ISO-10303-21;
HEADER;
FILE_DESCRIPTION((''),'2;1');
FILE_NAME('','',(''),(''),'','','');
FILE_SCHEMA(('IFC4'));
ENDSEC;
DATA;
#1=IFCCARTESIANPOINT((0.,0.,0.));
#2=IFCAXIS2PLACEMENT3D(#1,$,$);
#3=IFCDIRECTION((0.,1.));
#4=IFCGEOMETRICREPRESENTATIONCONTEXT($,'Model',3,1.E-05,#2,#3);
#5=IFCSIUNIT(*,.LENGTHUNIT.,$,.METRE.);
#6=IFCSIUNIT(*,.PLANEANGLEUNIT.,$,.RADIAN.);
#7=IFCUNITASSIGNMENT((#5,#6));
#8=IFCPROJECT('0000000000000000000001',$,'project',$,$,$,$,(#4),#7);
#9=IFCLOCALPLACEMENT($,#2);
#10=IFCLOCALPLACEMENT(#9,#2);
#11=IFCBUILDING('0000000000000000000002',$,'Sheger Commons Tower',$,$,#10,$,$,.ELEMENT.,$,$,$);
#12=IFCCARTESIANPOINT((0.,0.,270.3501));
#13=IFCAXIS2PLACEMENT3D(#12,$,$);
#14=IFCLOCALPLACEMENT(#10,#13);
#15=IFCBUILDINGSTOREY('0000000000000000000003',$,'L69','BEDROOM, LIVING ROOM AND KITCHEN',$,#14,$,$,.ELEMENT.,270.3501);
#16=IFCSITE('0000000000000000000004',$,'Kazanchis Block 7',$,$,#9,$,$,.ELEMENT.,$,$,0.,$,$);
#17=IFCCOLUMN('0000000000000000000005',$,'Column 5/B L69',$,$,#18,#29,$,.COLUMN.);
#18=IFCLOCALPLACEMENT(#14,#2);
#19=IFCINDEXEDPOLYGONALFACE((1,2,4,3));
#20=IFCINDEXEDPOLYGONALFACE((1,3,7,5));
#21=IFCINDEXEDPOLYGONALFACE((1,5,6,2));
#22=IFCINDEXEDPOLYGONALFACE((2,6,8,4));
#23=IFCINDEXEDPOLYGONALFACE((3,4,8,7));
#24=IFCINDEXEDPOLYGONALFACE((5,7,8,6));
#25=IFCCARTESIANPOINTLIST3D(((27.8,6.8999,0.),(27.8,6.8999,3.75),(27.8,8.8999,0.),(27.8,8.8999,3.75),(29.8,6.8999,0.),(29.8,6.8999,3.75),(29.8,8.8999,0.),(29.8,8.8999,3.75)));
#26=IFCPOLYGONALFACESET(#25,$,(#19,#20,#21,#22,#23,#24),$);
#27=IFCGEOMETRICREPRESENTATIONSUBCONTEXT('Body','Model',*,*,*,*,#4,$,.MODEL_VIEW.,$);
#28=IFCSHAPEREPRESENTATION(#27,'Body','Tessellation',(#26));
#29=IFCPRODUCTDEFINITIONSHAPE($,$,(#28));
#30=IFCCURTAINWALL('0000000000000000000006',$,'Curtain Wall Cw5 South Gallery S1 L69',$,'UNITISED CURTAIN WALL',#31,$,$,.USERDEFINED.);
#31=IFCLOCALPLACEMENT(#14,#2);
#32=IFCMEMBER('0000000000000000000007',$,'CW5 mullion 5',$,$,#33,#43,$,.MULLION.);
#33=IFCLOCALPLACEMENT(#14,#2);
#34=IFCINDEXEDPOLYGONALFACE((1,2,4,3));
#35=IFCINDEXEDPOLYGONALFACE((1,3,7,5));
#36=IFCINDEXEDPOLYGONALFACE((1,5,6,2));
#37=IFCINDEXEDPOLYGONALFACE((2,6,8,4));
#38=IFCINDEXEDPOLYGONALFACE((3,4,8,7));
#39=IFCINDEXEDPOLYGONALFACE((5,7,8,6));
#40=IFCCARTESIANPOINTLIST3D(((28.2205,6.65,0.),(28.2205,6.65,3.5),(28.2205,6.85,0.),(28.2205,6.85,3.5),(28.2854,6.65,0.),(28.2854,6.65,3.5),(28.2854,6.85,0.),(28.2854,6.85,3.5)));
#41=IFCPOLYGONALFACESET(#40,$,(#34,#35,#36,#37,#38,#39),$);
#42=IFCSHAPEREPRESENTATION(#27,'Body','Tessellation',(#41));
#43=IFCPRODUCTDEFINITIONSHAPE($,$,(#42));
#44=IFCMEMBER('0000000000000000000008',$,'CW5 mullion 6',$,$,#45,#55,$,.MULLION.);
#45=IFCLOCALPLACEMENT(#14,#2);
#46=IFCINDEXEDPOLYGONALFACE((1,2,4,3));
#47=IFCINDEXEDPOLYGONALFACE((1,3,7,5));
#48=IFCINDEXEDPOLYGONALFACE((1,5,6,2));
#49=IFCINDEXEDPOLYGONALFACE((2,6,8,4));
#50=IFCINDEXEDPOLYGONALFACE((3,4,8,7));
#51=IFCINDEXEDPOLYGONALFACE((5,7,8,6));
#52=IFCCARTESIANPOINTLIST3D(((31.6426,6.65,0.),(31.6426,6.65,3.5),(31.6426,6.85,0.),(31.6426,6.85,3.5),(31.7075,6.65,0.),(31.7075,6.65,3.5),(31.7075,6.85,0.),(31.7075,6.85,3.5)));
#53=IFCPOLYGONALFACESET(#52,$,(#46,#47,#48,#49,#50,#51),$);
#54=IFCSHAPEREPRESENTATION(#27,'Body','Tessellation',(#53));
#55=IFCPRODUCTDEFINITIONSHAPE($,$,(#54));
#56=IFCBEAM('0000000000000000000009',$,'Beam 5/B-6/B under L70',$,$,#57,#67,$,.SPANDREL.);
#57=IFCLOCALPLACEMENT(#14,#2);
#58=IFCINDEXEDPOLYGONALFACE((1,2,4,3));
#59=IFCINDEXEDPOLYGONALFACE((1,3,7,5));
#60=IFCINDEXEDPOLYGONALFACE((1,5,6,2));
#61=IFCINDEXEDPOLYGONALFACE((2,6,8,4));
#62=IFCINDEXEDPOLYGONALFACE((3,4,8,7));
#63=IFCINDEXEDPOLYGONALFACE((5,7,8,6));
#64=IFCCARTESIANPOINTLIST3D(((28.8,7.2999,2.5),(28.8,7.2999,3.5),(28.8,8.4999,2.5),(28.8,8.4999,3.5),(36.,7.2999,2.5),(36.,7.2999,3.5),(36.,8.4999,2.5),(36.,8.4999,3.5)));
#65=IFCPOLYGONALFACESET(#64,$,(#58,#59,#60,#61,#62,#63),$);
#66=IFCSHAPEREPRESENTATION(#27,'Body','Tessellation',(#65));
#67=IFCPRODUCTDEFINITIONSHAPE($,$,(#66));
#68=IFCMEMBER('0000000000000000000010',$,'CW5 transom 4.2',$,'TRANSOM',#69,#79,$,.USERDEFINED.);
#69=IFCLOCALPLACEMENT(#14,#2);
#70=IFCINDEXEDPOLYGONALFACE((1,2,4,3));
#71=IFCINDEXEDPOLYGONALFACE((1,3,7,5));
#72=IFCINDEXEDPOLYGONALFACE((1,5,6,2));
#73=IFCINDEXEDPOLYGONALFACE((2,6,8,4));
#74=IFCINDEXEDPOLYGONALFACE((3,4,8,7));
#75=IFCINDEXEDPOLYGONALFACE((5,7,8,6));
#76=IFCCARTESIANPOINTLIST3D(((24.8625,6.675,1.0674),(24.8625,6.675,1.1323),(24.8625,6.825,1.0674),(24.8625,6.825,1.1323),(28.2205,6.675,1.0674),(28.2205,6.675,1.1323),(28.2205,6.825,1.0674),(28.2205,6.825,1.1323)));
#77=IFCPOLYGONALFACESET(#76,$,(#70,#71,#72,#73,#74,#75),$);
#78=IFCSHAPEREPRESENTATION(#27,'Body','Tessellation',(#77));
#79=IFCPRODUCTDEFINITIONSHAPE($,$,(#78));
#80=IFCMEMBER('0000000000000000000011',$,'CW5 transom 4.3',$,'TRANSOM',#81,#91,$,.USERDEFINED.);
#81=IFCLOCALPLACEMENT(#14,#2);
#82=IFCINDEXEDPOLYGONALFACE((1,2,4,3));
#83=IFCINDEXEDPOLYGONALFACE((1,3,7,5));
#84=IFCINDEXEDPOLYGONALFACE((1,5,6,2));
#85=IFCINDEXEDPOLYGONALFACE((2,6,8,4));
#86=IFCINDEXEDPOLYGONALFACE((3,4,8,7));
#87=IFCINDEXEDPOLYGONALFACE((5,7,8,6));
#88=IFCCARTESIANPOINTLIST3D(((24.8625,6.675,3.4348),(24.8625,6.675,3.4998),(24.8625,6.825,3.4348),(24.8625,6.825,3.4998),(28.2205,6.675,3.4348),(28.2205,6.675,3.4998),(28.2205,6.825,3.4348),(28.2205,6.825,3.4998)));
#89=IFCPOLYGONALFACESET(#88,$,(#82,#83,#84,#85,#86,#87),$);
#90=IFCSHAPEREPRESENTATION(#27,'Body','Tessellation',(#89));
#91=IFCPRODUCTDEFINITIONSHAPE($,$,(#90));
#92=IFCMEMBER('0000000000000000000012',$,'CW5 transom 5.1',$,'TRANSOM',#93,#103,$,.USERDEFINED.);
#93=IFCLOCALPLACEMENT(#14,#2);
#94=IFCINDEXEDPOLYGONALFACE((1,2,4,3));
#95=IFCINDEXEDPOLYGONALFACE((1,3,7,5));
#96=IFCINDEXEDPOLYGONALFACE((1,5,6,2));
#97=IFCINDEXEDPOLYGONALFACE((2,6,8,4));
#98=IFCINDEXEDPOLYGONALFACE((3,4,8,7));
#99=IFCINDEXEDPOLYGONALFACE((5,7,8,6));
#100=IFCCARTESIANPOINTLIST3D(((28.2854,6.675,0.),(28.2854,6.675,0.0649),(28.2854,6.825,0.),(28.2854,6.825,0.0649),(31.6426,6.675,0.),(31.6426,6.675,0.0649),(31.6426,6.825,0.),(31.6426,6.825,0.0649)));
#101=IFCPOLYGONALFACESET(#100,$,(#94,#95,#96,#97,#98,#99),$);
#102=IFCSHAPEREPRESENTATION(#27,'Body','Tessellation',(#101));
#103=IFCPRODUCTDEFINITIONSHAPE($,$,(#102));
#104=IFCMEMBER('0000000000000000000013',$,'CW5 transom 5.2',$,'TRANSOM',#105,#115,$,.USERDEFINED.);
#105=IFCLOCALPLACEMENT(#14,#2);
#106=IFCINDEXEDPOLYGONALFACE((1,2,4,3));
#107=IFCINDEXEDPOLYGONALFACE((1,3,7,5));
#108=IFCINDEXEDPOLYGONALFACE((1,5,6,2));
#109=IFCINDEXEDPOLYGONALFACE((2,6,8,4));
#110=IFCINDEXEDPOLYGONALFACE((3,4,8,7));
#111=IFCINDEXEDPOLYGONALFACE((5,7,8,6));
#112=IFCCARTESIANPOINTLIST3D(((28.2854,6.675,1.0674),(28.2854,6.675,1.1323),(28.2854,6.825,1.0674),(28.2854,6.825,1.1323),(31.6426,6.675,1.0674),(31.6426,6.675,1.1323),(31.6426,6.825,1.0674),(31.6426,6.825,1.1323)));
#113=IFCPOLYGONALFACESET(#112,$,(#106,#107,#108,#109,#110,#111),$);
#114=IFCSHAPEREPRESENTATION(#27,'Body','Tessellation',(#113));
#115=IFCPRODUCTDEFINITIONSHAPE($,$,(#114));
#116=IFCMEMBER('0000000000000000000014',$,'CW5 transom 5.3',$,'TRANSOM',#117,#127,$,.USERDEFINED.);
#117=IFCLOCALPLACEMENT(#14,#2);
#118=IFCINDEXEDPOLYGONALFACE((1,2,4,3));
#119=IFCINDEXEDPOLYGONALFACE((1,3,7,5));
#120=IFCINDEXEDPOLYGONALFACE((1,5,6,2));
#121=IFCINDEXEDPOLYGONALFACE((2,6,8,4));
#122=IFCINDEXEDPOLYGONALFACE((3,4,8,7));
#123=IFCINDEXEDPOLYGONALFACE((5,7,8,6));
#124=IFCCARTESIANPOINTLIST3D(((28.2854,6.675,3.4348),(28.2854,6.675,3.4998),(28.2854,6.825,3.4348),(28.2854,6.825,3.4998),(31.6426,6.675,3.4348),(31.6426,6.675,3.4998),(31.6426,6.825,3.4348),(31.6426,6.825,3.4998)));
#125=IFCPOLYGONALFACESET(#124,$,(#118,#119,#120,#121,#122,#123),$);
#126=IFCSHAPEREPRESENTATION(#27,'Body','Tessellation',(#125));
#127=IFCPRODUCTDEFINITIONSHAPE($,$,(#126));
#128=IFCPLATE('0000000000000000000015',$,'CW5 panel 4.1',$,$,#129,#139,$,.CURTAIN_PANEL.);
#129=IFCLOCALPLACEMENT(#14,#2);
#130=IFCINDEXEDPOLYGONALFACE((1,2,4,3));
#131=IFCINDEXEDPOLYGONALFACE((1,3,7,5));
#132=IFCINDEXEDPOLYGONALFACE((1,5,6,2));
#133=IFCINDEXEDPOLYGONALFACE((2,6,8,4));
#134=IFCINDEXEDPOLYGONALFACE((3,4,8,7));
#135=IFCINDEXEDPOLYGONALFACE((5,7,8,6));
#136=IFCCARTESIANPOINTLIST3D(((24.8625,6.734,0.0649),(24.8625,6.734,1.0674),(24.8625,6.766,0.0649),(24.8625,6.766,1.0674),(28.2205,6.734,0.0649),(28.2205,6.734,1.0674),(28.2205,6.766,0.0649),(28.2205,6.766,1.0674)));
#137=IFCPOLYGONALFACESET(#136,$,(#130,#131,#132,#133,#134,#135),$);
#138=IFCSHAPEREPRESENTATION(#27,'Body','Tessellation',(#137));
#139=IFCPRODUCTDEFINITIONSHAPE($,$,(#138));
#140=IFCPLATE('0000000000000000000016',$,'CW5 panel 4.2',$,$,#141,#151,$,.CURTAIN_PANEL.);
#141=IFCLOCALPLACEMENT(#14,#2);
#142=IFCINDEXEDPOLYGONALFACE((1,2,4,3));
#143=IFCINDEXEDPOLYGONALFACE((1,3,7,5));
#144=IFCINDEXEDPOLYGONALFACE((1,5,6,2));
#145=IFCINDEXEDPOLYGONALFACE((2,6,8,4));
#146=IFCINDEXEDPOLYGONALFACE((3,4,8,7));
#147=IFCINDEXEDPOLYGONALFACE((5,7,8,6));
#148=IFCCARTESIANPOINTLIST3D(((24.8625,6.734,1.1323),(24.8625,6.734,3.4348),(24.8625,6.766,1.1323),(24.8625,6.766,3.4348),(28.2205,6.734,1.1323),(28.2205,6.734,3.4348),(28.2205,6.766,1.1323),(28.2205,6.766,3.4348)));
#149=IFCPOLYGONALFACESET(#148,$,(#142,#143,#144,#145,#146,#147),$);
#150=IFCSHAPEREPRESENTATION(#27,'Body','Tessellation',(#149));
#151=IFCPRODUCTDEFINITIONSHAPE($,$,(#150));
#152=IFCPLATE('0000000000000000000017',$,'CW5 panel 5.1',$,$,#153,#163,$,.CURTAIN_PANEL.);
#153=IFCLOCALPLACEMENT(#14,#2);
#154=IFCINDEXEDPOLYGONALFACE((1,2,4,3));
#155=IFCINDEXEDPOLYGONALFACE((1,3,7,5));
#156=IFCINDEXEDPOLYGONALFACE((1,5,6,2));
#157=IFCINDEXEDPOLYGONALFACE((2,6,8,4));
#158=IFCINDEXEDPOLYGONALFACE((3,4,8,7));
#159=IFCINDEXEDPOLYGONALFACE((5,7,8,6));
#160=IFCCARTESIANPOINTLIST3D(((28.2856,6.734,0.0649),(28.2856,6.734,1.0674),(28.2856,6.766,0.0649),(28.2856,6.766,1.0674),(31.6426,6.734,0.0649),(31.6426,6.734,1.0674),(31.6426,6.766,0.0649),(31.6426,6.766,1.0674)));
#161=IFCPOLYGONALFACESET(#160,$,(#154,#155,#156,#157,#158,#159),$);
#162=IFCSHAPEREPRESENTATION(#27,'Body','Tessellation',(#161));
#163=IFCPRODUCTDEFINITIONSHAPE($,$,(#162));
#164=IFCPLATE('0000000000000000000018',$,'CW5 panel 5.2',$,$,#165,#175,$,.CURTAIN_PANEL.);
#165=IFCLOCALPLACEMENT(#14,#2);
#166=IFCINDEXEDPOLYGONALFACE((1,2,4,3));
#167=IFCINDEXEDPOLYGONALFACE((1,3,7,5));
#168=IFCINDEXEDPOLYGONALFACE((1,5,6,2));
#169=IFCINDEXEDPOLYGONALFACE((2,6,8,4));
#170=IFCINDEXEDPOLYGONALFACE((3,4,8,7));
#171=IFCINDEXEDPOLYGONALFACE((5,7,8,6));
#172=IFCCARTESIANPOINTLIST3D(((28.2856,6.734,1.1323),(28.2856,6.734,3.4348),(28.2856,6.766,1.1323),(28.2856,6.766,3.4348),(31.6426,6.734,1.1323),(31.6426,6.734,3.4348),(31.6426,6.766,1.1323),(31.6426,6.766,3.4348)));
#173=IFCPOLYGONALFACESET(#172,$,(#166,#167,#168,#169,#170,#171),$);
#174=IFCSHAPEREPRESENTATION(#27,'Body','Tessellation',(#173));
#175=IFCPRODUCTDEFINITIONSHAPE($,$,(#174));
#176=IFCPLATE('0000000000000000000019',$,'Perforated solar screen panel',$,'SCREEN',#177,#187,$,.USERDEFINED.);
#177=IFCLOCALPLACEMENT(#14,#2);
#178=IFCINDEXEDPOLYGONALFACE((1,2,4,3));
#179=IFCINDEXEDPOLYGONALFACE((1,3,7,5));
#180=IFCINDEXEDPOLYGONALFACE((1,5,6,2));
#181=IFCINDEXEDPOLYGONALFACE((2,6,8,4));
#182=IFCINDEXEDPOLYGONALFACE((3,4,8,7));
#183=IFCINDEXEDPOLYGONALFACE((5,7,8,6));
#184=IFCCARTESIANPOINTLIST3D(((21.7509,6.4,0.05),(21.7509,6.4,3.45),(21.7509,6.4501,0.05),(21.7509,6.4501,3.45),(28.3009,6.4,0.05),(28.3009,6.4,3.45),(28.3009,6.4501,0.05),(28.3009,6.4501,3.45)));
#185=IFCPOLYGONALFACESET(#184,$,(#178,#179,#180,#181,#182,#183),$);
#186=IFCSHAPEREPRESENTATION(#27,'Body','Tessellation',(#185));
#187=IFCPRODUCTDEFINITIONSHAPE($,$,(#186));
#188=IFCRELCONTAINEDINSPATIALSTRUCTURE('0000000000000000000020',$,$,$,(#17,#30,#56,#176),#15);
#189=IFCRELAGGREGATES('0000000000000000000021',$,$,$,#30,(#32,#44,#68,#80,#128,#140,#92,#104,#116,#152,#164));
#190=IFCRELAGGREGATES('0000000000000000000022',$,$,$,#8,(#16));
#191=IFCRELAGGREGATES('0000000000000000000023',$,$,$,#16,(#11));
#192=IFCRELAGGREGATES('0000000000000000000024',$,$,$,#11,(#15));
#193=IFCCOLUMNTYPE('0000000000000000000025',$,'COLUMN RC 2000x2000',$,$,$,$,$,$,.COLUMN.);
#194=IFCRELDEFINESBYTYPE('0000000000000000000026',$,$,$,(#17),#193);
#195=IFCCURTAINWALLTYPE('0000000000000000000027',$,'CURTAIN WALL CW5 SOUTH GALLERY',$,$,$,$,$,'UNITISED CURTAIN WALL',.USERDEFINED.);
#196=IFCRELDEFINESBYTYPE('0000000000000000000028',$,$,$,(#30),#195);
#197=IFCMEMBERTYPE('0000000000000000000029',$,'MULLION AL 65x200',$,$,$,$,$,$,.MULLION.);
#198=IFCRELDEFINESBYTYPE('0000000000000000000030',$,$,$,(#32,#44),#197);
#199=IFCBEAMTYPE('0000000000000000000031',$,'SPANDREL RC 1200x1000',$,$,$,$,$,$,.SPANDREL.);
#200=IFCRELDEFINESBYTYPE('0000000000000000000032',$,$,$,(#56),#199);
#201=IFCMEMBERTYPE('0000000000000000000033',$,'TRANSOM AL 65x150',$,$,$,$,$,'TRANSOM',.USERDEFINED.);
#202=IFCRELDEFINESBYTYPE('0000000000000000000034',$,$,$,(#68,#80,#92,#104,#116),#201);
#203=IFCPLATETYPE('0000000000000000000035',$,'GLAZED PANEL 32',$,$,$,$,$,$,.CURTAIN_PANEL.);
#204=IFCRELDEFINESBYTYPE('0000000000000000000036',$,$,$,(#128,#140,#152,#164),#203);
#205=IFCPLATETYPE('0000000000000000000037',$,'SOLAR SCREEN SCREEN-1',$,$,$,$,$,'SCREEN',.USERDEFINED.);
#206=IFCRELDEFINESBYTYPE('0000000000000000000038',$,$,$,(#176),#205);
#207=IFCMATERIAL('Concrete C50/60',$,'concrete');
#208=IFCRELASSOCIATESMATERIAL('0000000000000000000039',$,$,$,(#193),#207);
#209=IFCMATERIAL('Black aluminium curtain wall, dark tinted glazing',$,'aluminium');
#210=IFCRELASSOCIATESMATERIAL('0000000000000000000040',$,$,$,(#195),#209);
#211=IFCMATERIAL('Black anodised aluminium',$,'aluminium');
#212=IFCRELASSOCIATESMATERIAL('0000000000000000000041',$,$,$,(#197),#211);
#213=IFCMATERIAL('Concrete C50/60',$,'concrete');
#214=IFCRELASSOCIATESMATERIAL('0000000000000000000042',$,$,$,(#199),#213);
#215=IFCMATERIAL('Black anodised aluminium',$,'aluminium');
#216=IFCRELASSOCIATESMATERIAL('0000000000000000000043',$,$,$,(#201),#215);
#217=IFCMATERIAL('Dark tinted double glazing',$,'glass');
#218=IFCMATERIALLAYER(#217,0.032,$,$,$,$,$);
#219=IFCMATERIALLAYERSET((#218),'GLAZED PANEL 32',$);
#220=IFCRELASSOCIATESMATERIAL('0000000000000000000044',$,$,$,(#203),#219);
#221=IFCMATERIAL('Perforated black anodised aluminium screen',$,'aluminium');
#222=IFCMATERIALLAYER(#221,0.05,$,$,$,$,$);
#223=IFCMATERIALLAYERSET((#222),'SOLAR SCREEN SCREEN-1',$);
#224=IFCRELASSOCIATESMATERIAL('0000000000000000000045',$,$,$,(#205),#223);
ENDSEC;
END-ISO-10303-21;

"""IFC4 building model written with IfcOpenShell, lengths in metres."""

from ifc_helpers import new_model, si_unit, direction, frame, origin, origin_2d, place, context, subcontext, project, spatial, rectangle, extrude, material, layer, layer_set, material_profile, profile_set, type_object, element, aggregate, save


model = new_model("IFC4")

# Units and contexts
model_context = context("Model", 3, precision=1e-05, world=origin(), true_north=direction((0.0, 1.0)))
body_context = subcontext(model_context, "Body", "Model", "MODEL_VIEW")
ifc_project = project(units=[si_unit("LENGTHUNIT", "METRE"), si_unit("PLANEANGLEUNIT", "RADIAN")], contexts=[model_context])

# Site, building, storey
site_placement = place(None, origin())
site = spatial("IfcSite", under=ifc_project, at=site_placement, Name="Kazanchis Block 7", CompositionType="ELEMENT", RefElevation=0.0)
building_placement = place(site_placement, origin())
building = spatial("IfcBuilding", under=site, at=building_placement, Name="Sheger Commons Tower", CompositionType="ELEMENT")
storey_placement = place(building_placement, frame((0.0, 0.0, 270.3501)))
storey = spatial("IfcBuildingStorey", under=building, at=storey_placement, Name="L69", Description="BEDROOM, LIVING ROOM AND KITCHEN", CompositionType="ELEMENT", Elevation=270.3501)

# Column
ifc_material_1 = material(Name="Concrete C50/60", Category="concrete")
ifc_material_profile_1 = material_profile(ifc_material_1, rectangle(XDim=2.0, YDim=2.0, at=origin_2d()), Name="RC 2000x2000")
ifc_profile_set_1 = profile_set([ifc_material_profile_1], Name="Concrete C50/60")
column_type = type_object("IfcColumnType", Name="COLUMN RC 2000x2000", PredefinedType="COLUMN", material=ifc_profile_set_1)
column_placement = place(storey_placement, frame((28.8, 7.8999, 0.0), z_axis=(0.0, 0.0, 1.0), x_axis=(1.0, 0.0, 0.0)))
element("IfcColumn", 1, at=column_placement, inside=storey, type_object=column_type, Name="Column 5/B L69", PredefinedType="COLUMN", context=body_context, shape_type="SweptSolid", body=[
    extrude(rectangle(XDim=2.0, YDim=2.0, at=origin_2d()), origin(), (0.0, 0.0, 1.0), 3.75),
])

# Curtain wall, members
ifc_material_2 = material(Name="Black aluminium curtain wall, dark tinted glazing", Category="aluminium")
curtain_wall_type = type_object("IfcCurtainWallType", Name="CURTAIN WALL CW5 SOUTH GALLERY", ElementType="UNITISED CURTAIN WALL", PredefinedType="USERDEFINED", material=ifc_material_2)
curtain_wall_placement = place(storey_placement, origin())
curtain_wall = element("IfcCurtainWall", 2, at=curtain_wall_placement, inside=storey, type_object=curtain_wall_type, Name="Curtain Wall Cw5 South Gallery S1 L69", ObjectType="UNITISED CURTAIN WALL", PredefinedType="USERDEFINED")
ifc_material_3 = material(Name="Black anodised aluminium", Category="aluminium")
ifc_material_profile_2 = material_profile(ifc_material_3, rectangle(XDim=0.2, YDim=0.0649, at=origin_2d()), Name="AL 65x200")
ifc_profile_set_2 = profile_set([ifc_material_profile_2], Name="Black anodised aluminium")
member_type_1 = type_object("IfcMemberType", Name="MULLION AL 65x200", PredefinedType="MULLION", material=ifc_profile_set_2)
member_1_placement = place(storey_placement, frame((28.2529, 6.75, 0.0), z_axis=(0.0, 0.0, 1.0), x_axis=(0.0, 1.0, 0.0)))
member_1 = element("IfcMember", 3, at=member_1_placement, type_object=member_type_1, Name="CW5 mullion 5", PredefinedType="MULLION", context=body_context, shape_type="SweptSolid", body=[
    extrude(rectangle(XDim=0.2, YDim=0.0649, at=origin_2d()), origin(), (0.0, 0.0, 1.0), 3.5),
])
member_2_placement = place(storey_placement, frame((31.675, 6.75, 0.0), z_axis=(0.0, 0.0, 1.0), x_axis=(0.0, 1.0, 0.0)))
member_2 = element("IfcMember", 4, at=member_2_placement, type_object=member_type_1, Name="CW5 mullion 6", PredefinedType="MULLION", context=body_context, shape_type="SweptSolid", body=[
    extrude(rectangle(XDim=0.2, YDim=0.0649, at=origin_2d()), origin(), (0.0, 0.0, 1.0), 3.5),
])

# Beam
ifc_material_4 = material(Name="Concrete C50/60", Category="concrete")
ifc_material_profile_3 = material_profile(ifc_material_4, rectangle(XDim=1.2, YDim=1.0, at=origin_2d()), Name="RC 1200x1000")
ifc_profile_set_3 = profile_set([ifc_material_profile_3], Name="Concrete C50/60")
beam_type = type_object("IfcBeamType", Name="SPANDREL RC 1200x1000", PredefinedType="SPANDREL", material=ifc_profile_set_3)
beam_placement = place(storey_placement, frame((28.8, 7.8999, 3.0), z_axis=(1.0, 0.0, 0.0), x_axis=(0.0, 1.0, 0.0)))
element("IfcBeam", 5, at=beam_placement, inside=storey, type_object=beam_type, Name="Beam 5/B-6/B under L70", PredefinedType="SPANDREL", context=body_context, shape_type="SweptSolid", body=[
    extrude(rectangle(XDim=1.2, YDim=1.0, at=origin_2d()), origin(), (0.0, 0.0, 1.0), 7.2),
])

# Members
ifc_material_5 = material(Name="Black anodised aluminium", Category="aluminium")
ifc_material_profile_4 = material_profile(ifc_material_5, rectangle(XDim=0.1499, YDim=0.0649, at=origin_2d()), Name="AL 65x150")
ifc_profile_set_4 = profile_set([ifc_material_profile_4], Name="Black anodised aluminium")
member_type_2 = type_object("IfcMemberType", Name="TRANSOM AL 65x150", ElementType="TRANSOM", PredefinedType="USERDEFINED", material=ifc_profile_set_4)
member_3_placement = place(storey_placement, frame((24.8625, 6.75, 1.0999), z_axis=(1.0, 0.0, 0.0), x_axis=(0.0, 1.0, 0.0)))
member_3 = element("IfcMember", 6, at=member_3_placement, type_object=member_type_2, Name="CW5 transom 4.2", ObjectType="TRANSOM", PredefinedType="USERDEFINED", context=body_context, shape_type="SweptSolid", body=[
    extrude(rectangle(XDim=0.1499, YDim=0.0649, at=origin_2d()), origin(), (0.0, 0.0, 1.0), 3.3579),
])
member_4_placement = place(storey_placement, frame((24.8625, 6.75, 3.4673), z_axis=(1.0, 0.0, 0.0), x_axis=(0.0, 1.0, 0.0)))
member_4 = element("IfcMember", 7, at=member_4_placement, type_object=member_type_2, Name="CW5 transom 4.3", ObjectType="TRANSOM", PredefinedType="USERDEFINED", context=body_context, shape_type="SweptSolid", body=[
    extrude(rectangle(XDim=0.1499, YDim=0.0649, at=origin_2d()), origin(), (0.0, 0.0, 1.0), 3.3579),
])
member_5_placement = place(storey_placement, frame((28.2854, 6.75, 0.0325), z_axis=(1.0, 0.0, 0.0), x_axis=(0.0, 1.0, 0.0)))
member_5 = element("IfcMember", 8, at=member_5_placement, type_object=member_type_2, Name="CW5 transom 5.1", ObjectType="TRANSOM", PredefinedType="USERDEFINED", context=body_context, shape_type="SweptSolid", body=[
    extrude(rectangle(XDim=0.1499, YDim=0.0649, at=origin_2d()), origin(), (0.0, 0.0, 1.0), 3.3572),
])
member_6_placement = place(storey_placement, frame((28.2854, 6.75, 1.0999), z_axis=(1.0, 0.0, 0.0), x_axis=(0.0, 1.0, 0.0)))
member_6 = element("IfcMember", 9, at=member_6_placement, type_object=member_type_2, Name="CW5 transom 5.2", ObjectType="TRANSOM", PredefinedType="USERDEFINED", context=body_context, shape_type="SweptSolid", body=[
    extrude(rectangle(XDim=0.1499, YDim=0.0649, at=origin_2d()), origin(), (0.0, 0.0, 1.0), 3.3572),
])
member_7_placement = place(storey_placement, frame((28.2854, 6.75, 3.4673), z_axis=(1.0, 0.0, 0.0), x_axis=(0.0, 1.0, 0.0)))
member_7 = element("IfcMember", 10, at=member_7_placement, type_object=member_type_2, Name="CW5 transom 5.3", ObjectType="TRANSOM", PredefinedType="USERDEFINED", context=body_context, shape_type="SweptSolid", body=[
    extrude(rectangle(XDim=0.1499, YDim=0.0649, at=origin_2d()), origin(), (0.0, 0.0, 1.0), 3.3572),
])

# Plates
ifc_material_6 = material(Name="Dark tinted double glazing", Category="glass")
ifc_layer_1 = layer(ifc_material_6, 0.032)
ifc_layer_set_1 = layer_set([ifc_layer_1], Name="GLAZED PANEL 32")
plate_type_1 = type_object("IfcPlateType", Name="GLAZED PANEL 32", PredefinedType="CURTAIN_PANEL", material=ifc_layer_set_1)
plate_1_placement = place(storey_placement, frame((26.5415, 6.75, 0.0649), z_axis=(0.0, 0.0, 1.0), x_axis=(1.0, 0.0, 0.0)))
plate_1 = element("IfcPlate", 11, at=plate_1_placement, type_object=plate_type_1, Name="CW5 panel 4.1", PredefinedType="CURTAIN_PANEL", context=body_context, shape_type="SweptSolid", body=[
    extrude(rectangle(XDim=3.3579, YDim=0.032, at=origin_2d()), origin(), (0.0, 0.0, 1.0), 1.0024),
])
plate_2_placement = place(storey_placement, frame((26.5415, 6.75, 1.1323), z_axis=(0.0, 0.0, 1.0), x_axis=(1.0, 0.0, 0.0)))
plate_2 = element("IfcPlate", 12, at=plate_2_placement, type_object=plate_type_1, Name="CW5 panel 4.2", PredefinedType="CURTAIN_PANEL", context=body_context, shape_type="SweptSolid", body=[
    extrude(rectangle(XDim=3.3579, YDim=0.032, at=origin_2d()), origin(), (0.0, 0.0, 1.0), 2.3025),
])
plate_3_placement = place(storey_placement, frame((29.9641, 6.75, 0.0649), z_axis=(0.0, 0.0, 1.0), x_axis=(1.0, 0.0, 0.0)))
plate_3 = element("IfcPlate", 13, at=plate_3_placement, type_object=plate_type_1, Name="CW5 panel 5.1", PredefinedType="CURTAIN_PANEL", context=body_context, shape_type="SweptSolid", body=[
    extrude(rectangle(XDim=3.3569, YDim=0.032, at=origin_2d()), origin(), (0.0, 0.0, 1.0), 1.0024),
])
plate_4_placement = place(storey_placement, frame((29.9641, 6.75, 1.1323), z_axis=(0.0, 0.0, 1.0), x_axis=(1.0, 0.0, 0.0)))
plate_4 = element("IfcPlate", 14, at=plate_4_placement, type_object=plate_type_1, Name="CW5 panel 5.2", PredefinedType="CURTAIN_PANEL", context=body_context, shape_type="SweptSolid", body=[
    extrude(rectangle(XDim=3.3569, YDim=0.032, at=origin_2d()), origin(), (0.0, 0.0, 1.0), 2.3025),
])
aggregate(curtain_wall, [member_1, member_2, member_3, member_4, plate_1, plate_2, member_5, member_6, member_7, plate_3, plate_4])

# Plate
ifc_material_7 = material(Name="Perforated black anodised aluminium screen", Category="aluminium")
ifc_layer_2 = layer(ifc_material_7, 0.05)
ifc_layer_set_2 = layer_set([ifc_layer_2], Name="SOLAR SCREEN SCREEN-1")
plate_type_2 = type_object("IfcPlateType", Name="SOLAR SCREEN SCREEN-1", ElementType="SCREEN", PredefinedType="USERDEFINED", material=ifc_layer_set_2)
for number, where, z_axis, x_axis, name in (
    (15, (25.0259, 6.425, 0.05), (0.0, 0.0, 1.0), (1.0, 0.0, 0.0), "Perforated solar screen panel"),
):
    element("IfcPlate", number, at=place(storey_placement, frame(where, z_axis=z_axis, x_axis=x_axis)), inside=storey, type_object=plate_type_2, Name=name, ObjectType="SCREEN", PredefinedType="USERDEFINED", context=body_context, shape_type="SweptSolid", body=[
        extrude(rectangle(XDim=6.55, YDim=0.05, at=origin_2d()), origin(), (0.0, 0.0, 1.0), 3.3999),
    ])

save(model, "model.ifc")
